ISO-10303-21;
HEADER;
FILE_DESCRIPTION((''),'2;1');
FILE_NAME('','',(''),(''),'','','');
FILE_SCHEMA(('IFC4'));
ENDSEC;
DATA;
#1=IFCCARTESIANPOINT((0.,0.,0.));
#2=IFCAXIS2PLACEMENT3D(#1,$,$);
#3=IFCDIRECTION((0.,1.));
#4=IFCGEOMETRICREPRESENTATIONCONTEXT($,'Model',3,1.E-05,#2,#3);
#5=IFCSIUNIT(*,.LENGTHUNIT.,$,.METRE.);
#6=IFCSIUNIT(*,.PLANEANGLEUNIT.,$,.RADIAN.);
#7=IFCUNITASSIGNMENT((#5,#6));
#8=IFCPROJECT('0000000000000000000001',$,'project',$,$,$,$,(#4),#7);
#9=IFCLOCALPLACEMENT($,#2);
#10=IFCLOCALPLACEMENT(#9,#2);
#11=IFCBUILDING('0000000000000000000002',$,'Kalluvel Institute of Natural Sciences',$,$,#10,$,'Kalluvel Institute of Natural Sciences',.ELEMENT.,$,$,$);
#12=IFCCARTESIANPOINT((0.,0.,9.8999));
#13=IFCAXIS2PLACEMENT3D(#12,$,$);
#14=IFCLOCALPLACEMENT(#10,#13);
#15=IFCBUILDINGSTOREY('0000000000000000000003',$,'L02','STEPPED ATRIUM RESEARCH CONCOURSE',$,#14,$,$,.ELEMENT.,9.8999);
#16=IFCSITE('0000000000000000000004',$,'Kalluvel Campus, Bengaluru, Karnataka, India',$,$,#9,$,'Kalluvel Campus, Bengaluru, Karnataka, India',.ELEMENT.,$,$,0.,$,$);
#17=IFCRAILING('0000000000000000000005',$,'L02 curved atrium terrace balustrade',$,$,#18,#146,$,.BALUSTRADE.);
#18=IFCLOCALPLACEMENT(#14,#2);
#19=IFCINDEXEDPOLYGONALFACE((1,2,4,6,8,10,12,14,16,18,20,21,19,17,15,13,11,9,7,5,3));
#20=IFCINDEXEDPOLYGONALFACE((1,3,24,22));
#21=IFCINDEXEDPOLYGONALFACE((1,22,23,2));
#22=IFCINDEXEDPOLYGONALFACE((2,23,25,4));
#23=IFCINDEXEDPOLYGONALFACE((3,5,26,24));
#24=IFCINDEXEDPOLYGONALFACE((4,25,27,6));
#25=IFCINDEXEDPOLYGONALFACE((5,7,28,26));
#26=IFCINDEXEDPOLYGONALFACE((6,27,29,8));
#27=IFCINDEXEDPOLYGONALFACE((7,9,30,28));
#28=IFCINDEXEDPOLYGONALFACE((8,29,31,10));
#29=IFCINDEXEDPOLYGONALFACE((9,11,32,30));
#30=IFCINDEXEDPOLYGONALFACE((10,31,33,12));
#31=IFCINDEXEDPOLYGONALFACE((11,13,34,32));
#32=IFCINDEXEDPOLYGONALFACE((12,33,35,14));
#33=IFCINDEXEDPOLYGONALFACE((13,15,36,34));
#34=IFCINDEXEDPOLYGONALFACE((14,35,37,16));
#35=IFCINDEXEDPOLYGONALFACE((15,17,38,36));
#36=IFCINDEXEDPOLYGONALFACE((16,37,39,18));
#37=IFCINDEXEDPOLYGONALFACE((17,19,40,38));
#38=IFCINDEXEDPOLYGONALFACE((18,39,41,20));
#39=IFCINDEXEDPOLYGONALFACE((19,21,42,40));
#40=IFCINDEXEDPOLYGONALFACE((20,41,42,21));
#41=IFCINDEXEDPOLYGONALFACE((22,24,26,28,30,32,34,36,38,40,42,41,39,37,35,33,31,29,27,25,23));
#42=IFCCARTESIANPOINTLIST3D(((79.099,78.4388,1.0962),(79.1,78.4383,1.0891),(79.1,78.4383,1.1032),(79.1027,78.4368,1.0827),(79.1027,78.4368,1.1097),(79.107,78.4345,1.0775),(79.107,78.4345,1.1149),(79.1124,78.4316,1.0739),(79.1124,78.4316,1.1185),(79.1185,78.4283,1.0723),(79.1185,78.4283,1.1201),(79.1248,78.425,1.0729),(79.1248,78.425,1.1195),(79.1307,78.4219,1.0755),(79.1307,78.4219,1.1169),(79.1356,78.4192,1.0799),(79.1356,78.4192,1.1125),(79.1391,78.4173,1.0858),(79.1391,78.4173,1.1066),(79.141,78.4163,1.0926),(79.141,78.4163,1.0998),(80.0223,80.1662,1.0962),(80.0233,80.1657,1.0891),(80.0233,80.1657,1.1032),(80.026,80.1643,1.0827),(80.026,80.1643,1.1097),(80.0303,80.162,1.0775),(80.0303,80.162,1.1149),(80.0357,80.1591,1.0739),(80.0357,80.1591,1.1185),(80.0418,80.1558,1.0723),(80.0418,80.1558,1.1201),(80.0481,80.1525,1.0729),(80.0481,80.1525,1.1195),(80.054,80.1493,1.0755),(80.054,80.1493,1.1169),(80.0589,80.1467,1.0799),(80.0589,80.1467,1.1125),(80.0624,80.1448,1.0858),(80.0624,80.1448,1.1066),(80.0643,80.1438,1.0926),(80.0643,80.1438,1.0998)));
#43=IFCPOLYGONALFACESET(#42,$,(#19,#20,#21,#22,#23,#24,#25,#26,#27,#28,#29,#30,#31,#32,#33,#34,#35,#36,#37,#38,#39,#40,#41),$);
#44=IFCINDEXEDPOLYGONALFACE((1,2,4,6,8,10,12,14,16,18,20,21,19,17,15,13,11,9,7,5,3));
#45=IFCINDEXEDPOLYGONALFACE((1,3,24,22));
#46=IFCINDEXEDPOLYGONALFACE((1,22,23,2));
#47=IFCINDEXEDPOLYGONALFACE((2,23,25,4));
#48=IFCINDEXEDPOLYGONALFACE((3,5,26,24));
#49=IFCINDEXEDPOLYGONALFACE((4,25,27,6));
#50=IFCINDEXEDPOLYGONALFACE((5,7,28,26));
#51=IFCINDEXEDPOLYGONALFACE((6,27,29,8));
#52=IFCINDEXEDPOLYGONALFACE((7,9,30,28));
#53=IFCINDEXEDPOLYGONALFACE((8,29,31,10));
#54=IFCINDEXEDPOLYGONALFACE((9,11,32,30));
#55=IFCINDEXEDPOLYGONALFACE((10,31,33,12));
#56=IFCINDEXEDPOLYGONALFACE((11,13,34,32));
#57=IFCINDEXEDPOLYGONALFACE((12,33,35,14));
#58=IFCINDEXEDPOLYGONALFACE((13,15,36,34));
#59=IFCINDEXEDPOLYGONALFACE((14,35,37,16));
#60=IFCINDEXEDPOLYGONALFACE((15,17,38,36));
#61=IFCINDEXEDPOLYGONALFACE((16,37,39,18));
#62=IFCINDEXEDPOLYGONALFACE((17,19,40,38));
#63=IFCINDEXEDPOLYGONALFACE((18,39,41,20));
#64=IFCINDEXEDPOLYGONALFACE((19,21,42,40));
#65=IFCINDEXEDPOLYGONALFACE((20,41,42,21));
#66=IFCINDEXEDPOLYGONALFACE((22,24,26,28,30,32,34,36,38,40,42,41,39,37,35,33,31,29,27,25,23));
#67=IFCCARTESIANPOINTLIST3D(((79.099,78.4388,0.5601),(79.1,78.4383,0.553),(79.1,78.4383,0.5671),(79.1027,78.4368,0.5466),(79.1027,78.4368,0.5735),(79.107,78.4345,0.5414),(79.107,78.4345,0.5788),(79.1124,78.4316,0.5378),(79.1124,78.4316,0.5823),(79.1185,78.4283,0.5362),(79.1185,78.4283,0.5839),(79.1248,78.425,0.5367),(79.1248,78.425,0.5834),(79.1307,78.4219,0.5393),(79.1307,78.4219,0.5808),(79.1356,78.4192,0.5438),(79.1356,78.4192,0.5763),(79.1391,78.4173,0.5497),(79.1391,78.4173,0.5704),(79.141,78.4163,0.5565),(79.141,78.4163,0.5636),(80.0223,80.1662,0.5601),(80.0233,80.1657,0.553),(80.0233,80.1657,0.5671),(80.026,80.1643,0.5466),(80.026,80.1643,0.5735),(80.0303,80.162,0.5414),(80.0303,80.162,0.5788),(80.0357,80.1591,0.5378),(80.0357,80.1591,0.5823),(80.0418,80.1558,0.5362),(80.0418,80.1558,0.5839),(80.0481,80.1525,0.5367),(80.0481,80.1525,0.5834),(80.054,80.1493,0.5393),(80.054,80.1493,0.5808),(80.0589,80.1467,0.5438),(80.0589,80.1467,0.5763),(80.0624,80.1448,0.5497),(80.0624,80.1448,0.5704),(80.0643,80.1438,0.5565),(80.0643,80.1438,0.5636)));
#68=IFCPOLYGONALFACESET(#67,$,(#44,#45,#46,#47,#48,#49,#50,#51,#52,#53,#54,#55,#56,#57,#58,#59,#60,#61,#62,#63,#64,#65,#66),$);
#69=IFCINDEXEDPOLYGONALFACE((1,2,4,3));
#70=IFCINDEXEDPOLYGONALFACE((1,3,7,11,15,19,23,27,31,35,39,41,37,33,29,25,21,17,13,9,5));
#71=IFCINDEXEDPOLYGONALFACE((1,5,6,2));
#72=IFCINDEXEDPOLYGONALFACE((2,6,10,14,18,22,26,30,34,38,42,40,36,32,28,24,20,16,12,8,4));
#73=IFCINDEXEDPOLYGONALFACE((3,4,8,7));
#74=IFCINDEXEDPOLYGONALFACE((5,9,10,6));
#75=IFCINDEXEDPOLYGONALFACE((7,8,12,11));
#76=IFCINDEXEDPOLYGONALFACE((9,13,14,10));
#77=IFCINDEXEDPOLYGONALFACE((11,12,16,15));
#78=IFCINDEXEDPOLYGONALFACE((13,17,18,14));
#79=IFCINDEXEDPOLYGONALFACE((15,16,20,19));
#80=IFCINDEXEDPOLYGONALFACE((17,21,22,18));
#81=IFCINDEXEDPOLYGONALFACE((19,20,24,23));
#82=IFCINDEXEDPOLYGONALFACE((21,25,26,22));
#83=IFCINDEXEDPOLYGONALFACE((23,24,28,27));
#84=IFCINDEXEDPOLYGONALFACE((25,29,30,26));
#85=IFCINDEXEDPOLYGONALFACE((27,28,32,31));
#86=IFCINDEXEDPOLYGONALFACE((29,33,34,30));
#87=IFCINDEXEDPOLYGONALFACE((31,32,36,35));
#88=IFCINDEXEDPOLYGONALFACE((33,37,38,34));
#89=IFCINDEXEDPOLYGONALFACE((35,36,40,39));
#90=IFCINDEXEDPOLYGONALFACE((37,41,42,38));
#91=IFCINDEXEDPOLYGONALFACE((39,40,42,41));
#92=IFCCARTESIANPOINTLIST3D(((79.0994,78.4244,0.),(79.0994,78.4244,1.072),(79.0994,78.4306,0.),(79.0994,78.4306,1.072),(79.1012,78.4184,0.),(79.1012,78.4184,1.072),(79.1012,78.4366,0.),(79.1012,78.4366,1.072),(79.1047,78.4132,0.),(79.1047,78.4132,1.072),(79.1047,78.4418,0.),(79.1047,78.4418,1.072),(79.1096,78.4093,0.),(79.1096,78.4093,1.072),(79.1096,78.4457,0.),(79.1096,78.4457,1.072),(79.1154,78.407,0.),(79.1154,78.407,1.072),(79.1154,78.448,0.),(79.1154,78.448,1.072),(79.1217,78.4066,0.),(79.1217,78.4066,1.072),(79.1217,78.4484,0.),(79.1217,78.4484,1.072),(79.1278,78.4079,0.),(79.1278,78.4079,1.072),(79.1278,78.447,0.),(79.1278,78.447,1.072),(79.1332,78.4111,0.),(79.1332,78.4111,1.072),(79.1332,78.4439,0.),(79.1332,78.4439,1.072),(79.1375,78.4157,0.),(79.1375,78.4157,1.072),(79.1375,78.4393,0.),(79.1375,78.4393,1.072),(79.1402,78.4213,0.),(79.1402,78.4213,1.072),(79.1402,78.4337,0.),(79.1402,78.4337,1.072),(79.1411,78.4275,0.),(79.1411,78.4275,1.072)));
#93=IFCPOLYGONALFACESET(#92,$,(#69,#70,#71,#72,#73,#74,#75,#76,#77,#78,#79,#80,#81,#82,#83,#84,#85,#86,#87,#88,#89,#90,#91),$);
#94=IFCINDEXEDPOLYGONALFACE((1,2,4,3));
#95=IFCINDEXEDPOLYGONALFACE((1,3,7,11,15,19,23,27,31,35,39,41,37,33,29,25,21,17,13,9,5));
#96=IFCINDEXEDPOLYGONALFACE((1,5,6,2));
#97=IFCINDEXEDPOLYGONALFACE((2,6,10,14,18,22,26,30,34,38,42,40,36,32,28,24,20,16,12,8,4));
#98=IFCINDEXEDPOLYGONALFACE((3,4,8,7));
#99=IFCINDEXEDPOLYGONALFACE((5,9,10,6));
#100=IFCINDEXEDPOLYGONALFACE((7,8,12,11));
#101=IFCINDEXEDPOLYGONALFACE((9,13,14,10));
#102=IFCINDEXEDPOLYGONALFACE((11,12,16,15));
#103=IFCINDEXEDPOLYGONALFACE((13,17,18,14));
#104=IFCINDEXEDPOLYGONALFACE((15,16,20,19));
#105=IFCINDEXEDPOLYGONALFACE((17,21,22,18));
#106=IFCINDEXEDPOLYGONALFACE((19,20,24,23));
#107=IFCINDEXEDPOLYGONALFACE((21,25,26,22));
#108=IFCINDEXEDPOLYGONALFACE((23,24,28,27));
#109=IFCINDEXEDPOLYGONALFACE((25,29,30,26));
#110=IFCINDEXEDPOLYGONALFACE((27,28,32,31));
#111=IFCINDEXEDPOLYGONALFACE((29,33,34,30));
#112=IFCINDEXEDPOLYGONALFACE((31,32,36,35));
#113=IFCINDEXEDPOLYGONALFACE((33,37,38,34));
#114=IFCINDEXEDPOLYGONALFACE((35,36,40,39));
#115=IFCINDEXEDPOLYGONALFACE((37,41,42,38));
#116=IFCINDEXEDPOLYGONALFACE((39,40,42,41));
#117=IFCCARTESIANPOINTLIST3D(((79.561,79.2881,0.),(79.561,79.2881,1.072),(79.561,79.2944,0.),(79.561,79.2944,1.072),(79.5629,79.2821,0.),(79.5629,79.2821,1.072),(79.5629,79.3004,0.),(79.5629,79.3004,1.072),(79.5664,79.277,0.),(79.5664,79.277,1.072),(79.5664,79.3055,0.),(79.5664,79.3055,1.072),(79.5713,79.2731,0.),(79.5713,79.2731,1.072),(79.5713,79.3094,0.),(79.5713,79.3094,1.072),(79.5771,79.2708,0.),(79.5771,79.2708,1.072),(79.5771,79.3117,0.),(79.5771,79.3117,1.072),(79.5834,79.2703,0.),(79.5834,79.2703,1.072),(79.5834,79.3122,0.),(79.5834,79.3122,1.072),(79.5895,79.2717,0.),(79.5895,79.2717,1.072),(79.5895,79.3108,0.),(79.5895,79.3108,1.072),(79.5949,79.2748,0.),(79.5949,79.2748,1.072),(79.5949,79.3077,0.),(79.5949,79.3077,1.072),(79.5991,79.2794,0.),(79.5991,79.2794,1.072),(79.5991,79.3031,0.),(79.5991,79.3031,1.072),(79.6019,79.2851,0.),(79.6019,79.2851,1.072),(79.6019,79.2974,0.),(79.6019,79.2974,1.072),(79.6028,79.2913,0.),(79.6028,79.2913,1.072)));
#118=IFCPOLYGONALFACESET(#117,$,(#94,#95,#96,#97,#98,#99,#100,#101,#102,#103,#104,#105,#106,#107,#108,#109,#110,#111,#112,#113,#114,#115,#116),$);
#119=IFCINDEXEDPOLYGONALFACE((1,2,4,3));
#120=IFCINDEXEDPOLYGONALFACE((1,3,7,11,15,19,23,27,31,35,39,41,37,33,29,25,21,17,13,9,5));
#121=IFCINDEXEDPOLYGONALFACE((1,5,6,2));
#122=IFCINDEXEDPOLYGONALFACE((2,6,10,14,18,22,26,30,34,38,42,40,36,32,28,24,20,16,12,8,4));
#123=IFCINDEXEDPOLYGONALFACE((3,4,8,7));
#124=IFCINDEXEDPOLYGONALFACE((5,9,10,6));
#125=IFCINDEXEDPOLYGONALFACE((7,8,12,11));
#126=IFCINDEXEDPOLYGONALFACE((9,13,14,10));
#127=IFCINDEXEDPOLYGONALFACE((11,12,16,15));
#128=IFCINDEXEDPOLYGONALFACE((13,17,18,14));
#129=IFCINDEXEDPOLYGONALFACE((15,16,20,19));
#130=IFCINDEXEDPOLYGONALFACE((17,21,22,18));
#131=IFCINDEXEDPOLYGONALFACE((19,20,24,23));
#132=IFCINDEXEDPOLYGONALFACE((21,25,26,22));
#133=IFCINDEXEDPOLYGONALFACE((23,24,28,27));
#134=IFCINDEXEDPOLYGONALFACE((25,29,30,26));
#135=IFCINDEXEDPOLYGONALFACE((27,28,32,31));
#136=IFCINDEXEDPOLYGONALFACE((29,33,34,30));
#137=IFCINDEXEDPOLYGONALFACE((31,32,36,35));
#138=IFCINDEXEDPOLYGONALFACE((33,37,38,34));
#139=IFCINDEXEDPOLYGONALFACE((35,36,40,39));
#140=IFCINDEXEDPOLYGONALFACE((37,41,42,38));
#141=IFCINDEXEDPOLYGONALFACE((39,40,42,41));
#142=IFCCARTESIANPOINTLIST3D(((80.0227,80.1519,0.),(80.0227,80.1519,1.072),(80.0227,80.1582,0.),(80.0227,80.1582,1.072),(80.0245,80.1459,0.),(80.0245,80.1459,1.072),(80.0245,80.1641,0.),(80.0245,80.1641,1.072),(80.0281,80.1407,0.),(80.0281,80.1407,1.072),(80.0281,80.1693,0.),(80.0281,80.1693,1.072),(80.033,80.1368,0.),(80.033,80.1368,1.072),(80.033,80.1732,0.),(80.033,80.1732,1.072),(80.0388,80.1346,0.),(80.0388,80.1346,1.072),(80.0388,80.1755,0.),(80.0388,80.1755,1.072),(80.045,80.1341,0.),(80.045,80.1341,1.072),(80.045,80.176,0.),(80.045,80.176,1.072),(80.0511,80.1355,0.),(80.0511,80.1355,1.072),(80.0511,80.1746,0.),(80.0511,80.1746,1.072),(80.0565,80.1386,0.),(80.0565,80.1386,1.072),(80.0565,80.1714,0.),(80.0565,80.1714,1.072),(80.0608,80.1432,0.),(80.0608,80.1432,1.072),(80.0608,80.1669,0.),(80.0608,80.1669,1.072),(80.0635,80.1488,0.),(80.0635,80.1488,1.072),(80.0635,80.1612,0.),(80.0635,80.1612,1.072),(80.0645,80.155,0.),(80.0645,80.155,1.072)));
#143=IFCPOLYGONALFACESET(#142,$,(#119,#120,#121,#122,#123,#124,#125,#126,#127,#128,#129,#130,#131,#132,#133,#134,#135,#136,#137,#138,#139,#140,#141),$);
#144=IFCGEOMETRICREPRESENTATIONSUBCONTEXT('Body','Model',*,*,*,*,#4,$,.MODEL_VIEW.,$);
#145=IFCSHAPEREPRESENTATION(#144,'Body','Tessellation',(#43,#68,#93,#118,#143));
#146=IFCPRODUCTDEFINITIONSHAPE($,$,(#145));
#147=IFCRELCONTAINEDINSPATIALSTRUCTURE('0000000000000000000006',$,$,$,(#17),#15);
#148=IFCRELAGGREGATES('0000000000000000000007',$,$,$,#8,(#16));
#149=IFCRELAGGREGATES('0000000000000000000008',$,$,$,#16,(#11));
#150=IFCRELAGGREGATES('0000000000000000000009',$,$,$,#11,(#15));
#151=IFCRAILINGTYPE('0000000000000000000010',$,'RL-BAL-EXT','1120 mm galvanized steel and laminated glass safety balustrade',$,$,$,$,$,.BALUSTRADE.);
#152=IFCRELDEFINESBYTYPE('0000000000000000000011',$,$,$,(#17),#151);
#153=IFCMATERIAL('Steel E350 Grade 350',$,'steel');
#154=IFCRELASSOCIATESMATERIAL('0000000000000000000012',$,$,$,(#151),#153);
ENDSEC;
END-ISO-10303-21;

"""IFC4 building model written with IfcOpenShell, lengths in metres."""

from ifc_helpers import new_model, si_unit, direction, frame, origin, origin_2d, place, context, subcontext, project, spatial, circle, extrude, material, type_object, element, save


model = new_model("IFC4")

# Units and contexts
model_context = context("Model", 3, precision=1e-05, world=origin(), true_north=direction((0.0, 1.0)))
body_context = subcontext(model_context, "Body", "Model", "MODEL_VIEW")
ifc_project = project(units=[si_unit("LENGTHUNIT", "METRE"), si_unit("PLANEANGLEUNIT", "RADIAN")], contexts=[model_context])

# Site, building, storey
site_placement = place(None, origin())
site = spatial("IfcSite", under=ifc_project, at=site_placement, Name="Kalluvel Campus, Bengaluru, Karnataka, India", LongName="Kalluvel Campus, Bengaluru, Karnataka, India", CompositionType="ELEMENT", RefElevation=0.0)
building_placement = place(site_placement, origin())
building = spatial("IfcBuilding", under=site, at=building_placement, Name="Kalluvel Institute of Natural Sciences", LongName="Kalluvel Institute of Natural Sciences", CompositionType="ELEMENT")
storey_placement = place(building_placement, frame((0.0, 0.0, 9.8999)))
storey = spatial("IfcBuildingStorey", under=building, at=storey_placement, Name="L02", Description="STEPPED ATRIUM RESEARCH CONCOURSE", CompositionType="ELEMENT", Elevation=9.8999)

# Railing
ifc_material_1 = material(Name="Steel E350 Grade 350", Category="steel")
railing_type = type_object("IfcRailingType", Name="RL-BAL-EXT", Description="1120 mm galvanized steel and laminated glass safety balustrade", PredefinedType="BALUSTRADE", material=ifc_material_1)
railing_1_placement = place(storey_placement, frame((79.1201, 78.4275, 0.0)))
element("IfcRailing", 1, at=railing_1_placement, inside=storey, type_object=railing_type, Name="L02 curved atrium terrace balustrade", PredefinedType="BALUSTRADE", context=body_context, shape_type="SweptSolid", body=[
    extrude(circle(Radius=0.0239, at=origin_2d()), frame((0.0, 0.0, 1.0962), z_axis=(0.471377, 0.881932, 0.0), x_axis=(-0.881932, 0.471377, 0.0)), (0.0, 0.0, 1.0), 1.9587),
    extrude(circle(Radius=0.0239, at=origin_2d()), frame((0.0, 0.0, 0.5601), z_axis=(0.471377, 0.881932, 0.0), x_axis=(-0.881932, 0.471377, 0.0)), (0.0, 0.0, 1.0), 1.9587),
    extrude(circle(Radius=0.021, at=origin_2d()), origin(), (0.0, 0.0, 1.0), 1.072),
    extrude(circle(Radius=0.021, at=origin_2d()), frame((0.4617, 0.8638, 0.0)), (0.0, 0.0, 1.0), 1.072),
    extrude(circle(Radius=0.021, at=origin_2d()), frame((0.9233, 1.7275, 0.0)), (0.0, 0.0, 1.0), 1.072),
])

save(model, "model.ifc")
